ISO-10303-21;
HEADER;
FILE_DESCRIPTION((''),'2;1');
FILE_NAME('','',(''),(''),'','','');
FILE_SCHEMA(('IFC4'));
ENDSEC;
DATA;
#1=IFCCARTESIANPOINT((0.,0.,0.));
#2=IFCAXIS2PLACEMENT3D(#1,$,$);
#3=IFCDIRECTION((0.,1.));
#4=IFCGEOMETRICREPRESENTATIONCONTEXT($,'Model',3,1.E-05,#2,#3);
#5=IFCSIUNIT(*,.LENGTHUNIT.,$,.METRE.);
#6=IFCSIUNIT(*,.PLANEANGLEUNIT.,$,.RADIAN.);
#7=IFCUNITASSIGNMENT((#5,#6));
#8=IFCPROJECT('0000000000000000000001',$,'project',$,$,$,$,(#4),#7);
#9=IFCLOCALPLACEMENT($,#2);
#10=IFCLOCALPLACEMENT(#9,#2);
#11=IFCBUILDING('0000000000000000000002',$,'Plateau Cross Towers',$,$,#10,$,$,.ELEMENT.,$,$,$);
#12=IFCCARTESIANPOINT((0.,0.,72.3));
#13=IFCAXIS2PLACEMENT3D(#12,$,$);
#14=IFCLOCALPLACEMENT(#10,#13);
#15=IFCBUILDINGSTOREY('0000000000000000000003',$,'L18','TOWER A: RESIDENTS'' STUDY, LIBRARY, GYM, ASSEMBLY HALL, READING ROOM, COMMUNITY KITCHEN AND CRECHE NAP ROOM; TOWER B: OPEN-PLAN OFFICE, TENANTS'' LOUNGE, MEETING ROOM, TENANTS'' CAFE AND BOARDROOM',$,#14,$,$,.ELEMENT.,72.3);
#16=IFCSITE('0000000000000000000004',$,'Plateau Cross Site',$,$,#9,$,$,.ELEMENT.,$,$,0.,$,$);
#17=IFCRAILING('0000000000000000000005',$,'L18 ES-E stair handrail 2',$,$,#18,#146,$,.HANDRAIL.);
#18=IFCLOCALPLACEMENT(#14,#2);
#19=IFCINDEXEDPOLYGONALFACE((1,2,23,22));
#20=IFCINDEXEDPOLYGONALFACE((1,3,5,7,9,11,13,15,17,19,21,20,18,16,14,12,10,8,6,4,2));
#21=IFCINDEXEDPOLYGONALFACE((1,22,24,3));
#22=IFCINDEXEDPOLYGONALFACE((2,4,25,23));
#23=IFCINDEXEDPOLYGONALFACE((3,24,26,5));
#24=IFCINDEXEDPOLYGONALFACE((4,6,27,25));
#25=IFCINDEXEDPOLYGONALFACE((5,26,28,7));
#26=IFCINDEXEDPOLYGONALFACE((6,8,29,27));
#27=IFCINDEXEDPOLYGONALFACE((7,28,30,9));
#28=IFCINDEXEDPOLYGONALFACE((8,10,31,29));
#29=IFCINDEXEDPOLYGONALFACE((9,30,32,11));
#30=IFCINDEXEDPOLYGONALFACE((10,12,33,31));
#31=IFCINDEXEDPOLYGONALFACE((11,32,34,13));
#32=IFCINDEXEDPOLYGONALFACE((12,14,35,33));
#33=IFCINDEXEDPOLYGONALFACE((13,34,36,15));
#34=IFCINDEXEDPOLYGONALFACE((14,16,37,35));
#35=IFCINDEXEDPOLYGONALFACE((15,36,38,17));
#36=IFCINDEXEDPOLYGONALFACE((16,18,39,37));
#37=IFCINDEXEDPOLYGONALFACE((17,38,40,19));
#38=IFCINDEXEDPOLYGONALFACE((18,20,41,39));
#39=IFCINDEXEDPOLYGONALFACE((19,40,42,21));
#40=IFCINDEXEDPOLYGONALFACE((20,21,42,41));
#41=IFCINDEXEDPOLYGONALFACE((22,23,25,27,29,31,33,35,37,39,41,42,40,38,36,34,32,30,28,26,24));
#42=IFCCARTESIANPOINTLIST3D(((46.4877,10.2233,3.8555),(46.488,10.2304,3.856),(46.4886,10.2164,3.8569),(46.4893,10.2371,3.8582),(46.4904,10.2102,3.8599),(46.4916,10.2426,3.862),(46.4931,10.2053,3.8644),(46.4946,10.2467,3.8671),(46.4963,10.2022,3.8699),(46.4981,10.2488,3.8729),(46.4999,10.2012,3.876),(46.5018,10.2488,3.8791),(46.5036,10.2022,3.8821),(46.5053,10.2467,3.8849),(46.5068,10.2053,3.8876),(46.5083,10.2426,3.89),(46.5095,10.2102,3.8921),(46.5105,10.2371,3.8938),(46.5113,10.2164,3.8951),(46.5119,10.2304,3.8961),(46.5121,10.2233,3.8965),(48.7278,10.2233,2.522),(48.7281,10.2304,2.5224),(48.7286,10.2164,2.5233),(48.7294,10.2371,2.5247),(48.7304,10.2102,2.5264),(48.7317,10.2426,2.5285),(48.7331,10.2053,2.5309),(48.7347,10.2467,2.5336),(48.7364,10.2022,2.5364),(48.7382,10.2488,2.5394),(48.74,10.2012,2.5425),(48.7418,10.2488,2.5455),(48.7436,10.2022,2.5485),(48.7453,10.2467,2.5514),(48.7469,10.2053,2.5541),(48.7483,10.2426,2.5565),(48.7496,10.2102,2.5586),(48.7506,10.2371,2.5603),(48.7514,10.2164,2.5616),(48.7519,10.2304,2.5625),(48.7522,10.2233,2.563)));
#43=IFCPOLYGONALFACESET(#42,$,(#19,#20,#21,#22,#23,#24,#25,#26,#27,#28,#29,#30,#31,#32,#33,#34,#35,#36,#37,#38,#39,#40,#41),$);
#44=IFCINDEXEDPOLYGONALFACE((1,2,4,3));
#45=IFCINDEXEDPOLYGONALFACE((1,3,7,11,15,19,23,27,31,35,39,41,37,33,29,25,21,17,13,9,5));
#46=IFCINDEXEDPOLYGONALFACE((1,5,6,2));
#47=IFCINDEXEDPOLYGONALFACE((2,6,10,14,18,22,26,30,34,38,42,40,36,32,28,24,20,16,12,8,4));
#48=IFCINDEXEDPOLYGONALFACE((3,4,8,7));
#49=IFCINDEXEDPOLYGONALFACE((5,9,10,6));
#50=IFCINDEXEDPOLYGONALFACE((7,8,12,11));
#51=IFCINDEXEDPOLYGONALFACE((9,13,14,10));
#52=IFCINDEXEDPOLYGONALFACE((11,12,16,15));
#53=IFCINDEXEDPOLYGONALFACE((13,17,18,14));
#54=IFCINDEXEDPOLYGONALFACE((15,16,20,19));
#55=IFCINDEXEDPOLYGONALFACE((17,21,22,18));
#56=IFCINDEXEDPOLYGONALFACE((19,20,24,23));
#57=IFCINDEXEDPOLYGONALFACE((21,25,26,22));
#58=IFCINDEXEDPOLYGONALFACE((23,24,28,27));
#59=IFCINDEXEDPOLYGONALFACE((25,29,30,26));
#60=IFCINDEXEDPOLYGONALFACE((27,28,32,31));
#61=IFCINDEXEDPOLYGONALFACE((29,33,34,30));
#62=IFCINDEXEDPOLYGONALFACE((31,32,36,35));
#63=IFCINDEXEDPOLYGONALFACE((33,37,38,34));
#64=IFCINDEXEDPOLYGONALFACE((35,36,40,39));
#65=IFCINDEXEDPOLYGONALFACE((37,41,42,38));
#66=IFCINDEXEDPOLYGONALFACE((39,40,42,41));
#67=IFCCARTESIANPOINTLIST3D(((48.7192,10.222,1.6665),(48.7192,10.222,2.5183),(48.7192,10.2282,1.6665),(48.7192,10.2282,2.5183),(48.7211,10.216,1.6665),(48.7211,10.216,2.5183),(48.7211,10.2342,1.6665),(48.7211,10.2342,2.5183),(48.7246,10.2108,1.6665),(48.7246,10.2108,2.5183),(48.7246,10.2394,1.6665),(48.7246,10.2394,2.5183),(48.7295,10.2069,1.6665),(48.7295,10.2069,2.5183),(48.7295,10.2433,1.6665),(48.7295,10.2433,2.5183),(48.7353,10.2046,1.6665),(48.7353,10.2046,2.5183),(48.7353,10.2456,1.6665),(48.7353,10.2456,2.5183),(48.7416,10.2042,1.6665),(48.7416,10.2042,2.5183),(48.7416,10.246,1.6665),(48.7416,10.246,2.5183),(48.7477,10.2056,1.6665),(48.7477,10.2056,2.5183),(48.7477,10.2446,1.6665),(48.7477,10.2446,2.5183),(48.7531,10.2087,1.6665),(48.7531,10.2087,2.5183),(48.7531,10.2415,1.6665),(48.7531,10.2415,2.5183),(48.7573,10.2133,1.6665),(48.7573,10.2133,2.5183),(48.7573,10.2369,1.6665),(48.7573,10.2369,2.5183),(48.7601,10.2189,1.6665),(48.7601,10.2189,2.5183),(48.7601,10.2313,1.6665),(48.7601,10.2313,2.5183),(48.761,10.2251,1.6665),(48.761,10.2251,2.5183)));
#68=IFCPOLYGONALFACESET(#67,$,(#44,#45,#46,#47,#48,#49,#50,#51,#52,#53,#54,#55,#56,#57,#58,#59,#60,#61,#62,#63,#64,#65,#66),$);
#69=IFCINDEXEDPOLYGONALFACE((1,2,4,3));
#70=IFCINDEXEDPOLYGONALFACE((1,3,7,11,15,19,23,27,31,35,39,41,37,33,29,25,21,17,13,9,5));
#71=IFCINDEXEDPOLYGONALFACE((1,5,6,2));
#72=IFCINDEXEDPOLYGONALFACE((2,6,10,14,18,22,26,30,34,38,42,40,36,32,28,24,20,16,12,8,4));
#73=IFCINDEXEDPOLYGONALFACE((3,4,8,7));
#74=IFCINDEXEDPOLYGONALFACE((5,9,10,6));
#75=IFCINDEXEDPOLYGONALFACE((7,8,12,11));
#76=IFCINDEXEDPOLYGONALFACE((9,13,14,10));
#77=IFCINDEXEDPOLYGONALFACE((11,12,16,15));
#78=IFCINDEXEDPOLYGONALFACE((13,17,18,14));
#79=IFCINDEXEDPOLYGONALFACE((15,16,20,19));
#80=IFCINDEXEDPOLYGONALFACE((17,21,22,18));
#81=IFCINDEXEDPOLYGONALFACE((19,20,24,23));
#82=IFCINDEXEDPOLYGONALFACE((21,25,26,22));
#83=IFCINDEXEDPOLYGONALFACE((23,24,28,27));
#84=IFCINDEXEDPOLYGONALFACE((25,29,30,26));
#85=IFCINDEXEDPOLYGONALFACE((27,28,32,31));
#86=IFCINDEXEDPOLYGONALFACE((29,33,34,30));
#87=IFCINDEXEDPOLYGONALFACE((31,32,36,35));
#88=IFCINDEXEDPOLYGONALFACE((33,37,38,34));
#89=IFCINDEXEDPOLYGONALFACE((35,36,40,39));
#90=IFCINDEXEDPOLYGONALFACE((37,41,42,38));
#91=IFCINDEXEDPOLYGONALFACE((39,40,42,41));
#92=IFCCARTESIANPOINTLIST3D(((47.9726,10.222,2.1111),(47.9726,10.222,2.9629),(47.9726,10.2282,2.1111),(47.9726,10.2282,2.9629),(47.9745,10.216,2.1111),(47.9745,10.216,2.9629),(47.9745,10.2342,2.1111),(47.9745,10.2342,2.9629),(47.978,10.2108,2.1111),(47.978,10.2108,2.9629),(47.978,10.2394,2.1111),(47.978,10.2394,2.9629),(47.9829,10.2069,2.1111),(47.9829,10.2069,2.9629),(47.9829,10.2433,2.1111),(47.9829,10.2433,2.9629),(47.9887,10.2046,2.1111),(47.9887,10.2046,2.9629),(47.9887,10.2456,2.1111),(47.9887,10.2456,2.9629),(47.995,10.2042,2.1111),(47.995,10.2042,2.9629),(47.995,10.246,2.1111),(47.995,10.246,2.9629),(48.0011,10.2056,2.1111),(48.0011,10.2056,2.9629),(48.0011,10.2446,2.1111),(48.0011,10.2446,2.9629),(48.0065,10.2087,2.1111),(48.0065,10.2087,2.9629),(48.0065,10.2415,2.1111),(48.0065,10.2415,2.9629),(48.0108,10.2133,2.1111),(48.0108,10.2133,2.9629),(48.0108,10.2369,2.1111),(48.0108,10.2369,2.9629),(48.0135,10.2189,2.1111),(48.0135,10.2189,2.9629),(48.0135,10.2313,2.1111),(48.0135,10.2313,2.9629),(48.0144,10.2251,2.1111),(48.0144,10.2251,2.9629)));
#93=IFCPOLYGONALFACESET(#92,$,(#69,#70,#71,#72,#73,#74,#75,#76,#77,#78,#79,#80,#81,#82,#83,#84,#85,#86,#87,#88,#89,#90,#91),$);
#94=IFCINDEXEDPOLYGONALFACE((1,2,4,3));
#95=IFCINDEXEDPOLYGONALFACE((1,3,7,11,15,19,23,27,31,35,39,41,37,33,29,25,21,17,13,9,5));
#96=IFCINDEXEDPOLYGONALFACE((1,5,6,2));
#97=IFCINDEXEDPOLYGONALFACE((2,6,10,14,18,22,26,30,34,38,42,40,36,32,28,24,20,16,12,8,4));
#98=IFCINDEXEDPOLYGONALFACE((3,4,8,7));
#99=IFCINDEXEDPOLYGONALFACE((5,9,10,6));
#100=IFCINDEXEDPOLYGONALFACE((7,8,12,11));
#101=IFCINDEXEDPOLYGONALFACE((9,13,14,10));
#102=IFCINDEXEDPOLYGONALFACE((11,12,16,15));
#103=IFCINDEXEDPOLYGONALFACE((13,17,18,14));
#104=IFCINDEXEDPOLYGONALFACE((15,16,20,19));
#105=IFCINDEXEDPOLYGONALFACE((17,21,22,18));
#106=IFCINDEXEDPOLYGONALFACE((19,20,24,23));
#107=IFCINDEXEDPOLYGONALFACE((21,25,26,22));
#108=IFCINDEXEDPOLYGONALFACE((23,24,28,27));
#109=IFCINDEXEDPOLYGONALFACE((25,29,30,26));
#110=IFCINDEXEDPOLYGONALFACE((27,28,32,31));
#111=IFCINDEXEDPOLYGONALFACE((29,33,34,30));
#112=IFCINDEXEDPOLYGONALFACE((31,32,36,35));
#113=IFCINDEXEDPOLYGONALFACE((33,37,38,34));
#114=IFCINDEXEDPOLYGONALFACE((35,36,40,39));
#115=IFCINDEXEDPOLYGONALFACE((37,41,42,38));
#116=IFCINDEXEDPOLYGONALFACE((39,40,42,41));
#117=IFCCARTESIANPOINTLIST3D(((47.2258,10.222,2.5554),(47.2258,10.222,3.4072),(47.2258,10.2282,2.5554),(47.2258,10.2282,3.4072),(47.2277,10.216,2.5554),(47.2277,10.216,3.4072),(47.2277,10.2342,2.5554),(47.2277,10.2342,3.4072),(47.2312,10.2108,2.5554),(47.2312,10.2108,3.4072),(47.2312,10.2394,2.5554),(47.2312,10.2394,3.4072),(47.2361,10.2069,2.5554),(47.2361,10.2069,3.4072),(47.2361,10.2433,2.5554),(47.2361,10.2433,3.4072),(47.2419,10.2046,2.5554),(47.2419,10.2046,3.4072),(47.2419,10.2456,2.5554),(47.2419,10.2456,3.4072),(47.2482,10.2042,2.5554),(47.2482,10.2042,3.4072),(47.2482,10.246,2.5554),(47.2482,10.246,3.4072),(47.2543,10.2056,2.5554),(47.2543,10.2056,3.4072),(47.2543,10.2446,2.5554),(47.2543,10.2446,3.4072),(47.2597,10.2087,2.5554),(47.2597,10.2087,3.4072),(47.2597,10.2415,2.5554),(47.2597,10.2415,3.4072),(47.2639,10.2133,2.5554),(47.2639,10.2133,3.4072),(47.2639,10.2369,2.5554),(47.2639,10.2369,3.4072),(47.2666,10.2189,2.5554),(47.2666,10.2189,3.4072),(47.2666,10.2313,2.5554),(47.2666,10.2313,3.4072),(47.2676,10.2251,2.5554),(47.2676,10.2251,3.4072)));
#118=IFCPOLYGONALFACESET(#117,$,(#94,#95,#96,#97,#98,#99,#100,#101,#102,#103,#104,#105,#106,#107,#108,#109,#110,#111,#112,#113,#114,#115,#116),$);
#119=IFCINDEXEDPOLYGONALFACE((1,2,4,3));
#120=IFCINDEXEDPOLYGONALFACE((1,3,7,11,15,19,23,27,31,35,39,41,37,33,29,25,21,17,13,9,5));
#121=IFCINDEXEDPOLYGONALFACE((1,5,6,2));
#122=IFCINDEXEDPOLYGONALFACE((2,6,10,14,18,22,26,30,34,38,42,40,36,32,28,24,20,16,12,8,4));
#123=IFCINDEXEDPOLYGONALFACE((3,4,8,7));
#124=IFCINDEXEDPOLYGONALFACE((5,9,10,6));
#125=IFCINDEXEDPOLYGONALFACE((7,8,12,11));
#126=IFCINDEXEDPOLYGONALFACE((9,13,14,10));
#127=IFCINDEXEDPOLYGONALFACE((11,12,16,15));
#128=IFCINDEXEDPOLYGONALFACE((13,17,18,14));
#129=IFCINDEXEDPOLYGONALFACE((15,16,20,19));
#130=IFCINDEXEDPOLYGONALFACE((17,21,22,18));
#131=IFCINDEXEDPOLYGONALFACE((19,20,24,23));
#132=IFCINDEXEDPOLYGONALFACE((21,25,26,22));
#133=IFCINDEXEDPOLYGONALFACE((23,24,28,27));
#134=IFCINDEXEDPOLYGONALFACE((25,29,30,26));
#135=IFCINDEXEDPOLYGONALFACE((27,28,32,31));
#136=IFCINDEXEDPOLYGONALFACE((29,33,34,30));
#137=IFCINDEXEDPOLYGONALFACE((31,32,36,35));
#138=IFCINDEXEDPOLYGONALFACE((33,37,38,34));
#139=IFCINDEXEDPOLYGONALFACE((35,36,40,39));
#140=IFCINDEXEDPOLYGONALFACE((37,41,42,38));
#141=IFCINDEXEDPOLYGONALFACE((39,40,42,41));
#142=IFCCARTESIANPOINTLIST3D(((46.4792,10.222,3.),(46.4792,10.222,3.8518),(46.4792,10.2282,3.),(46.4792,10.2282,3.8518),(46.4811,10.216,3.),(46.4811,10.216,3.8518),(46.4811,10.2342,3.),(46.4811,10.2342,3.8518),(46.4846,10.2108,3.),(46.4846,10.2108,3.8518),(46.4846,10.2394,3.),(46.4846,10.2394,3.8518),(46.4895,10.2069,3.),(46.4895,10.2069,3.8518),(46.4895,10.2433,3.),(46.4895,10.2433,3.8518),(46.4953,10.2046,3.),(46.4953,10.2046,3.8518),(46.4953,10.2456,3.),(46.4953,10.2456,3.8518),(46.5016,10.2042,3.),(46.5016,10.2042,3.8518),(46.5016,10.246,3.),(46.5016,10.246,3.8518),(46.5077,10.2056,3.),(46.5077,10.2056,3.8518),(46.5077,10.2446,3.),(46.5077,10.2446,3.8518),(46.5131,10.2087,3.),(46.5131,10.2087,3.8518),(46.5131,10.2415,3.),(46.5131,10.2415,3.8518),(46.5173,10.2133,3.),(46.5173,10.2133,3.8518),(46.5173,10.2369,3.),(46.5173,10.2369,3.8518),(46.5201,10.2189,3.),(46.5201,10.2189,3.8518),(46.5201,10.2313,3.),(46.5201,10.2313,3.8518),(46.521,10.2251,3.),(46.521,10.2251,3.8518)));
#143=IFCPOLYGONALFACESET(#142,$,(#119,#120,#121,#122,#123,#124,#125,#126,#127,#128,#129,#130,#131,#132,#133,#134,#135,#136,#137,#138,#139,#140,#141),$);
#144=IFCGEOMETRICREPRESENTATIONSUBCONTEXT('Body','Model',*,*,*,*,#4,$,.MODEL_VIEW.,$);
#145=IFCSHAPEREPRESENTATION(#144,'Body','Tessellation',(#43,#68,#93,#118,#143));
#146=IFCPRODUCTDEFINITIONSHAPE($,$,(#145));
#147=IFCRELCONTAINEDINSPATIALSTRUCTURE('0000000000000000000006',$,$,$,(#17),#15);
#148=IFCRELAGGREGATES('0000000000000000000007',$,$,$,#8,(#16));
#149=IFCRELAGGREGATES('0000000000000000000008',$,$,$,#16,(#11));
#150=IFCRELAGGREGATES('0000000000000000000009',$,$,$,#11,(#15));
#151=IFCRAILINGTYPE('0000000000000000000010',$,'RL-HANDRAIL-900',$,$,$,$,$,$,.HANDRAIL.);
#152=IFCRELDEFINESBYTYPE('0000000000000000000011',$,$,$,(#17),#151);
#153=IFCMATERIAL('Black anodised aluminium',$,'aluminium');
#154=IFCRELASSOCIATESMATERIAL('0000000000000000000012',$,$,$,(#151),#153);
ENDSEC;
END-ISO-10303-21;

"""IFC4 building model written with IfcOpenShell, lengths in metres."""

from ifc_helpers import new_model, si_unit, direction, frame, origin, origin_2d, place, context, subcontext, project, spatial, circle, extrude, material, type_object, element, save


model = new_model("IFC4")

# Units and contexts
model_context = context("Model", 3, precision=1e-05, world=origin(), true_north=direction((0.0, 1.0)))
body_context = subcontext(model_context, "Body", "Model", "MODEL_VIEW")
ifc_project = project(units=[si_unit("LENGTHUNIT", "METRE"), si_unit("PLANEANGLEUNIT", "RADIAN")], contexts=[model_context])

# Site, building, storey
site_placement = place(None, origin())
site = spatial("IfcSite", under=ifc_project, at=site_placement, Name="Plateau Cross Site", CompositionType="ELEMENT", RefElevation=0.0)
building_placement = place(site_placement, origin())
building = spatial("IfcBuilding", under=site, at=building_placement, Name="Plateau Cross Towers", CompositionType="ELEMENT")
storey_placement = place(building_placement, frame((0.0, 0.0, 72.3)))
storey = spatial("IfcBuildingStorey", under=building, at=storey_placement, Name="L18", Description="TOWER A: RESIDENTS' STUDY, LIBRARY, GYM, ASSEMBLY HALL, READING ROOM, COMMUNITY KITCHEN AND CRECHE NAP ROOM; TOWER B: OPEN-PLAN OFFICE, TENANTS' LOUNGE, MEETING ROOM, TENANTS' CAFE AND BOARDROOM", CompositionType="ELEMENT", Elevation=72.3)

# Shared definitions
ifc_material_1 = material(Name="Black anodised aluminium", Category="aluminium")

# Railing
railing_type_1 = type_object("IfcRailingType", Name="RL-HANDRAIL-900", PredefinedType="HANDRAIL", material=ifc_material_1)
for number, where, name in (
    (1, (48.74, 10.2251, 1.6665), "L18 ES-E stair handrail 2"),
):
    element("IfcRailing", number, at=place(storey_placement, frame(where)), inside=storey, type_object=railing_type_1, Name=name, PredefinedType="HANDRAIL", context=body_context, shape_type="SweptSolid", body=[
        extrude(circle(Radius=0.0239, at=origin_2d()), frame((0.0, 0.0, 0.876), z_axis=(-0.859264, 0.0, 0.511532), x_axis=(0.0, -1.0, 0.0)), (0.0, 0.0, 1.0), 2.6069),
        extrude(circle(Radius=0.021, at=origin_2d()), origin(), (0.0, 0.0, 1.0), 0.8518),
        extrude(circle(Radius=0.021, at=origin_2d()), frame((-0.7466, 0.0, 0.4446)), (0.0, 0.0, 1.0), 0.8518),
        extrude(circle(Radius=0.021, at=origin_2d()), frame((-1.4934, 0.0, 0.8889)), (0.0, 0.0, 1.0), 0.8518),
        extrude(circle(Radius=0.021, at=origin_2d()), frame((-2.24, 0.0, 1.3335)), (0.0, 0.0, 1.0), 0.8518),
    ])

save(model, "model.ifc")
